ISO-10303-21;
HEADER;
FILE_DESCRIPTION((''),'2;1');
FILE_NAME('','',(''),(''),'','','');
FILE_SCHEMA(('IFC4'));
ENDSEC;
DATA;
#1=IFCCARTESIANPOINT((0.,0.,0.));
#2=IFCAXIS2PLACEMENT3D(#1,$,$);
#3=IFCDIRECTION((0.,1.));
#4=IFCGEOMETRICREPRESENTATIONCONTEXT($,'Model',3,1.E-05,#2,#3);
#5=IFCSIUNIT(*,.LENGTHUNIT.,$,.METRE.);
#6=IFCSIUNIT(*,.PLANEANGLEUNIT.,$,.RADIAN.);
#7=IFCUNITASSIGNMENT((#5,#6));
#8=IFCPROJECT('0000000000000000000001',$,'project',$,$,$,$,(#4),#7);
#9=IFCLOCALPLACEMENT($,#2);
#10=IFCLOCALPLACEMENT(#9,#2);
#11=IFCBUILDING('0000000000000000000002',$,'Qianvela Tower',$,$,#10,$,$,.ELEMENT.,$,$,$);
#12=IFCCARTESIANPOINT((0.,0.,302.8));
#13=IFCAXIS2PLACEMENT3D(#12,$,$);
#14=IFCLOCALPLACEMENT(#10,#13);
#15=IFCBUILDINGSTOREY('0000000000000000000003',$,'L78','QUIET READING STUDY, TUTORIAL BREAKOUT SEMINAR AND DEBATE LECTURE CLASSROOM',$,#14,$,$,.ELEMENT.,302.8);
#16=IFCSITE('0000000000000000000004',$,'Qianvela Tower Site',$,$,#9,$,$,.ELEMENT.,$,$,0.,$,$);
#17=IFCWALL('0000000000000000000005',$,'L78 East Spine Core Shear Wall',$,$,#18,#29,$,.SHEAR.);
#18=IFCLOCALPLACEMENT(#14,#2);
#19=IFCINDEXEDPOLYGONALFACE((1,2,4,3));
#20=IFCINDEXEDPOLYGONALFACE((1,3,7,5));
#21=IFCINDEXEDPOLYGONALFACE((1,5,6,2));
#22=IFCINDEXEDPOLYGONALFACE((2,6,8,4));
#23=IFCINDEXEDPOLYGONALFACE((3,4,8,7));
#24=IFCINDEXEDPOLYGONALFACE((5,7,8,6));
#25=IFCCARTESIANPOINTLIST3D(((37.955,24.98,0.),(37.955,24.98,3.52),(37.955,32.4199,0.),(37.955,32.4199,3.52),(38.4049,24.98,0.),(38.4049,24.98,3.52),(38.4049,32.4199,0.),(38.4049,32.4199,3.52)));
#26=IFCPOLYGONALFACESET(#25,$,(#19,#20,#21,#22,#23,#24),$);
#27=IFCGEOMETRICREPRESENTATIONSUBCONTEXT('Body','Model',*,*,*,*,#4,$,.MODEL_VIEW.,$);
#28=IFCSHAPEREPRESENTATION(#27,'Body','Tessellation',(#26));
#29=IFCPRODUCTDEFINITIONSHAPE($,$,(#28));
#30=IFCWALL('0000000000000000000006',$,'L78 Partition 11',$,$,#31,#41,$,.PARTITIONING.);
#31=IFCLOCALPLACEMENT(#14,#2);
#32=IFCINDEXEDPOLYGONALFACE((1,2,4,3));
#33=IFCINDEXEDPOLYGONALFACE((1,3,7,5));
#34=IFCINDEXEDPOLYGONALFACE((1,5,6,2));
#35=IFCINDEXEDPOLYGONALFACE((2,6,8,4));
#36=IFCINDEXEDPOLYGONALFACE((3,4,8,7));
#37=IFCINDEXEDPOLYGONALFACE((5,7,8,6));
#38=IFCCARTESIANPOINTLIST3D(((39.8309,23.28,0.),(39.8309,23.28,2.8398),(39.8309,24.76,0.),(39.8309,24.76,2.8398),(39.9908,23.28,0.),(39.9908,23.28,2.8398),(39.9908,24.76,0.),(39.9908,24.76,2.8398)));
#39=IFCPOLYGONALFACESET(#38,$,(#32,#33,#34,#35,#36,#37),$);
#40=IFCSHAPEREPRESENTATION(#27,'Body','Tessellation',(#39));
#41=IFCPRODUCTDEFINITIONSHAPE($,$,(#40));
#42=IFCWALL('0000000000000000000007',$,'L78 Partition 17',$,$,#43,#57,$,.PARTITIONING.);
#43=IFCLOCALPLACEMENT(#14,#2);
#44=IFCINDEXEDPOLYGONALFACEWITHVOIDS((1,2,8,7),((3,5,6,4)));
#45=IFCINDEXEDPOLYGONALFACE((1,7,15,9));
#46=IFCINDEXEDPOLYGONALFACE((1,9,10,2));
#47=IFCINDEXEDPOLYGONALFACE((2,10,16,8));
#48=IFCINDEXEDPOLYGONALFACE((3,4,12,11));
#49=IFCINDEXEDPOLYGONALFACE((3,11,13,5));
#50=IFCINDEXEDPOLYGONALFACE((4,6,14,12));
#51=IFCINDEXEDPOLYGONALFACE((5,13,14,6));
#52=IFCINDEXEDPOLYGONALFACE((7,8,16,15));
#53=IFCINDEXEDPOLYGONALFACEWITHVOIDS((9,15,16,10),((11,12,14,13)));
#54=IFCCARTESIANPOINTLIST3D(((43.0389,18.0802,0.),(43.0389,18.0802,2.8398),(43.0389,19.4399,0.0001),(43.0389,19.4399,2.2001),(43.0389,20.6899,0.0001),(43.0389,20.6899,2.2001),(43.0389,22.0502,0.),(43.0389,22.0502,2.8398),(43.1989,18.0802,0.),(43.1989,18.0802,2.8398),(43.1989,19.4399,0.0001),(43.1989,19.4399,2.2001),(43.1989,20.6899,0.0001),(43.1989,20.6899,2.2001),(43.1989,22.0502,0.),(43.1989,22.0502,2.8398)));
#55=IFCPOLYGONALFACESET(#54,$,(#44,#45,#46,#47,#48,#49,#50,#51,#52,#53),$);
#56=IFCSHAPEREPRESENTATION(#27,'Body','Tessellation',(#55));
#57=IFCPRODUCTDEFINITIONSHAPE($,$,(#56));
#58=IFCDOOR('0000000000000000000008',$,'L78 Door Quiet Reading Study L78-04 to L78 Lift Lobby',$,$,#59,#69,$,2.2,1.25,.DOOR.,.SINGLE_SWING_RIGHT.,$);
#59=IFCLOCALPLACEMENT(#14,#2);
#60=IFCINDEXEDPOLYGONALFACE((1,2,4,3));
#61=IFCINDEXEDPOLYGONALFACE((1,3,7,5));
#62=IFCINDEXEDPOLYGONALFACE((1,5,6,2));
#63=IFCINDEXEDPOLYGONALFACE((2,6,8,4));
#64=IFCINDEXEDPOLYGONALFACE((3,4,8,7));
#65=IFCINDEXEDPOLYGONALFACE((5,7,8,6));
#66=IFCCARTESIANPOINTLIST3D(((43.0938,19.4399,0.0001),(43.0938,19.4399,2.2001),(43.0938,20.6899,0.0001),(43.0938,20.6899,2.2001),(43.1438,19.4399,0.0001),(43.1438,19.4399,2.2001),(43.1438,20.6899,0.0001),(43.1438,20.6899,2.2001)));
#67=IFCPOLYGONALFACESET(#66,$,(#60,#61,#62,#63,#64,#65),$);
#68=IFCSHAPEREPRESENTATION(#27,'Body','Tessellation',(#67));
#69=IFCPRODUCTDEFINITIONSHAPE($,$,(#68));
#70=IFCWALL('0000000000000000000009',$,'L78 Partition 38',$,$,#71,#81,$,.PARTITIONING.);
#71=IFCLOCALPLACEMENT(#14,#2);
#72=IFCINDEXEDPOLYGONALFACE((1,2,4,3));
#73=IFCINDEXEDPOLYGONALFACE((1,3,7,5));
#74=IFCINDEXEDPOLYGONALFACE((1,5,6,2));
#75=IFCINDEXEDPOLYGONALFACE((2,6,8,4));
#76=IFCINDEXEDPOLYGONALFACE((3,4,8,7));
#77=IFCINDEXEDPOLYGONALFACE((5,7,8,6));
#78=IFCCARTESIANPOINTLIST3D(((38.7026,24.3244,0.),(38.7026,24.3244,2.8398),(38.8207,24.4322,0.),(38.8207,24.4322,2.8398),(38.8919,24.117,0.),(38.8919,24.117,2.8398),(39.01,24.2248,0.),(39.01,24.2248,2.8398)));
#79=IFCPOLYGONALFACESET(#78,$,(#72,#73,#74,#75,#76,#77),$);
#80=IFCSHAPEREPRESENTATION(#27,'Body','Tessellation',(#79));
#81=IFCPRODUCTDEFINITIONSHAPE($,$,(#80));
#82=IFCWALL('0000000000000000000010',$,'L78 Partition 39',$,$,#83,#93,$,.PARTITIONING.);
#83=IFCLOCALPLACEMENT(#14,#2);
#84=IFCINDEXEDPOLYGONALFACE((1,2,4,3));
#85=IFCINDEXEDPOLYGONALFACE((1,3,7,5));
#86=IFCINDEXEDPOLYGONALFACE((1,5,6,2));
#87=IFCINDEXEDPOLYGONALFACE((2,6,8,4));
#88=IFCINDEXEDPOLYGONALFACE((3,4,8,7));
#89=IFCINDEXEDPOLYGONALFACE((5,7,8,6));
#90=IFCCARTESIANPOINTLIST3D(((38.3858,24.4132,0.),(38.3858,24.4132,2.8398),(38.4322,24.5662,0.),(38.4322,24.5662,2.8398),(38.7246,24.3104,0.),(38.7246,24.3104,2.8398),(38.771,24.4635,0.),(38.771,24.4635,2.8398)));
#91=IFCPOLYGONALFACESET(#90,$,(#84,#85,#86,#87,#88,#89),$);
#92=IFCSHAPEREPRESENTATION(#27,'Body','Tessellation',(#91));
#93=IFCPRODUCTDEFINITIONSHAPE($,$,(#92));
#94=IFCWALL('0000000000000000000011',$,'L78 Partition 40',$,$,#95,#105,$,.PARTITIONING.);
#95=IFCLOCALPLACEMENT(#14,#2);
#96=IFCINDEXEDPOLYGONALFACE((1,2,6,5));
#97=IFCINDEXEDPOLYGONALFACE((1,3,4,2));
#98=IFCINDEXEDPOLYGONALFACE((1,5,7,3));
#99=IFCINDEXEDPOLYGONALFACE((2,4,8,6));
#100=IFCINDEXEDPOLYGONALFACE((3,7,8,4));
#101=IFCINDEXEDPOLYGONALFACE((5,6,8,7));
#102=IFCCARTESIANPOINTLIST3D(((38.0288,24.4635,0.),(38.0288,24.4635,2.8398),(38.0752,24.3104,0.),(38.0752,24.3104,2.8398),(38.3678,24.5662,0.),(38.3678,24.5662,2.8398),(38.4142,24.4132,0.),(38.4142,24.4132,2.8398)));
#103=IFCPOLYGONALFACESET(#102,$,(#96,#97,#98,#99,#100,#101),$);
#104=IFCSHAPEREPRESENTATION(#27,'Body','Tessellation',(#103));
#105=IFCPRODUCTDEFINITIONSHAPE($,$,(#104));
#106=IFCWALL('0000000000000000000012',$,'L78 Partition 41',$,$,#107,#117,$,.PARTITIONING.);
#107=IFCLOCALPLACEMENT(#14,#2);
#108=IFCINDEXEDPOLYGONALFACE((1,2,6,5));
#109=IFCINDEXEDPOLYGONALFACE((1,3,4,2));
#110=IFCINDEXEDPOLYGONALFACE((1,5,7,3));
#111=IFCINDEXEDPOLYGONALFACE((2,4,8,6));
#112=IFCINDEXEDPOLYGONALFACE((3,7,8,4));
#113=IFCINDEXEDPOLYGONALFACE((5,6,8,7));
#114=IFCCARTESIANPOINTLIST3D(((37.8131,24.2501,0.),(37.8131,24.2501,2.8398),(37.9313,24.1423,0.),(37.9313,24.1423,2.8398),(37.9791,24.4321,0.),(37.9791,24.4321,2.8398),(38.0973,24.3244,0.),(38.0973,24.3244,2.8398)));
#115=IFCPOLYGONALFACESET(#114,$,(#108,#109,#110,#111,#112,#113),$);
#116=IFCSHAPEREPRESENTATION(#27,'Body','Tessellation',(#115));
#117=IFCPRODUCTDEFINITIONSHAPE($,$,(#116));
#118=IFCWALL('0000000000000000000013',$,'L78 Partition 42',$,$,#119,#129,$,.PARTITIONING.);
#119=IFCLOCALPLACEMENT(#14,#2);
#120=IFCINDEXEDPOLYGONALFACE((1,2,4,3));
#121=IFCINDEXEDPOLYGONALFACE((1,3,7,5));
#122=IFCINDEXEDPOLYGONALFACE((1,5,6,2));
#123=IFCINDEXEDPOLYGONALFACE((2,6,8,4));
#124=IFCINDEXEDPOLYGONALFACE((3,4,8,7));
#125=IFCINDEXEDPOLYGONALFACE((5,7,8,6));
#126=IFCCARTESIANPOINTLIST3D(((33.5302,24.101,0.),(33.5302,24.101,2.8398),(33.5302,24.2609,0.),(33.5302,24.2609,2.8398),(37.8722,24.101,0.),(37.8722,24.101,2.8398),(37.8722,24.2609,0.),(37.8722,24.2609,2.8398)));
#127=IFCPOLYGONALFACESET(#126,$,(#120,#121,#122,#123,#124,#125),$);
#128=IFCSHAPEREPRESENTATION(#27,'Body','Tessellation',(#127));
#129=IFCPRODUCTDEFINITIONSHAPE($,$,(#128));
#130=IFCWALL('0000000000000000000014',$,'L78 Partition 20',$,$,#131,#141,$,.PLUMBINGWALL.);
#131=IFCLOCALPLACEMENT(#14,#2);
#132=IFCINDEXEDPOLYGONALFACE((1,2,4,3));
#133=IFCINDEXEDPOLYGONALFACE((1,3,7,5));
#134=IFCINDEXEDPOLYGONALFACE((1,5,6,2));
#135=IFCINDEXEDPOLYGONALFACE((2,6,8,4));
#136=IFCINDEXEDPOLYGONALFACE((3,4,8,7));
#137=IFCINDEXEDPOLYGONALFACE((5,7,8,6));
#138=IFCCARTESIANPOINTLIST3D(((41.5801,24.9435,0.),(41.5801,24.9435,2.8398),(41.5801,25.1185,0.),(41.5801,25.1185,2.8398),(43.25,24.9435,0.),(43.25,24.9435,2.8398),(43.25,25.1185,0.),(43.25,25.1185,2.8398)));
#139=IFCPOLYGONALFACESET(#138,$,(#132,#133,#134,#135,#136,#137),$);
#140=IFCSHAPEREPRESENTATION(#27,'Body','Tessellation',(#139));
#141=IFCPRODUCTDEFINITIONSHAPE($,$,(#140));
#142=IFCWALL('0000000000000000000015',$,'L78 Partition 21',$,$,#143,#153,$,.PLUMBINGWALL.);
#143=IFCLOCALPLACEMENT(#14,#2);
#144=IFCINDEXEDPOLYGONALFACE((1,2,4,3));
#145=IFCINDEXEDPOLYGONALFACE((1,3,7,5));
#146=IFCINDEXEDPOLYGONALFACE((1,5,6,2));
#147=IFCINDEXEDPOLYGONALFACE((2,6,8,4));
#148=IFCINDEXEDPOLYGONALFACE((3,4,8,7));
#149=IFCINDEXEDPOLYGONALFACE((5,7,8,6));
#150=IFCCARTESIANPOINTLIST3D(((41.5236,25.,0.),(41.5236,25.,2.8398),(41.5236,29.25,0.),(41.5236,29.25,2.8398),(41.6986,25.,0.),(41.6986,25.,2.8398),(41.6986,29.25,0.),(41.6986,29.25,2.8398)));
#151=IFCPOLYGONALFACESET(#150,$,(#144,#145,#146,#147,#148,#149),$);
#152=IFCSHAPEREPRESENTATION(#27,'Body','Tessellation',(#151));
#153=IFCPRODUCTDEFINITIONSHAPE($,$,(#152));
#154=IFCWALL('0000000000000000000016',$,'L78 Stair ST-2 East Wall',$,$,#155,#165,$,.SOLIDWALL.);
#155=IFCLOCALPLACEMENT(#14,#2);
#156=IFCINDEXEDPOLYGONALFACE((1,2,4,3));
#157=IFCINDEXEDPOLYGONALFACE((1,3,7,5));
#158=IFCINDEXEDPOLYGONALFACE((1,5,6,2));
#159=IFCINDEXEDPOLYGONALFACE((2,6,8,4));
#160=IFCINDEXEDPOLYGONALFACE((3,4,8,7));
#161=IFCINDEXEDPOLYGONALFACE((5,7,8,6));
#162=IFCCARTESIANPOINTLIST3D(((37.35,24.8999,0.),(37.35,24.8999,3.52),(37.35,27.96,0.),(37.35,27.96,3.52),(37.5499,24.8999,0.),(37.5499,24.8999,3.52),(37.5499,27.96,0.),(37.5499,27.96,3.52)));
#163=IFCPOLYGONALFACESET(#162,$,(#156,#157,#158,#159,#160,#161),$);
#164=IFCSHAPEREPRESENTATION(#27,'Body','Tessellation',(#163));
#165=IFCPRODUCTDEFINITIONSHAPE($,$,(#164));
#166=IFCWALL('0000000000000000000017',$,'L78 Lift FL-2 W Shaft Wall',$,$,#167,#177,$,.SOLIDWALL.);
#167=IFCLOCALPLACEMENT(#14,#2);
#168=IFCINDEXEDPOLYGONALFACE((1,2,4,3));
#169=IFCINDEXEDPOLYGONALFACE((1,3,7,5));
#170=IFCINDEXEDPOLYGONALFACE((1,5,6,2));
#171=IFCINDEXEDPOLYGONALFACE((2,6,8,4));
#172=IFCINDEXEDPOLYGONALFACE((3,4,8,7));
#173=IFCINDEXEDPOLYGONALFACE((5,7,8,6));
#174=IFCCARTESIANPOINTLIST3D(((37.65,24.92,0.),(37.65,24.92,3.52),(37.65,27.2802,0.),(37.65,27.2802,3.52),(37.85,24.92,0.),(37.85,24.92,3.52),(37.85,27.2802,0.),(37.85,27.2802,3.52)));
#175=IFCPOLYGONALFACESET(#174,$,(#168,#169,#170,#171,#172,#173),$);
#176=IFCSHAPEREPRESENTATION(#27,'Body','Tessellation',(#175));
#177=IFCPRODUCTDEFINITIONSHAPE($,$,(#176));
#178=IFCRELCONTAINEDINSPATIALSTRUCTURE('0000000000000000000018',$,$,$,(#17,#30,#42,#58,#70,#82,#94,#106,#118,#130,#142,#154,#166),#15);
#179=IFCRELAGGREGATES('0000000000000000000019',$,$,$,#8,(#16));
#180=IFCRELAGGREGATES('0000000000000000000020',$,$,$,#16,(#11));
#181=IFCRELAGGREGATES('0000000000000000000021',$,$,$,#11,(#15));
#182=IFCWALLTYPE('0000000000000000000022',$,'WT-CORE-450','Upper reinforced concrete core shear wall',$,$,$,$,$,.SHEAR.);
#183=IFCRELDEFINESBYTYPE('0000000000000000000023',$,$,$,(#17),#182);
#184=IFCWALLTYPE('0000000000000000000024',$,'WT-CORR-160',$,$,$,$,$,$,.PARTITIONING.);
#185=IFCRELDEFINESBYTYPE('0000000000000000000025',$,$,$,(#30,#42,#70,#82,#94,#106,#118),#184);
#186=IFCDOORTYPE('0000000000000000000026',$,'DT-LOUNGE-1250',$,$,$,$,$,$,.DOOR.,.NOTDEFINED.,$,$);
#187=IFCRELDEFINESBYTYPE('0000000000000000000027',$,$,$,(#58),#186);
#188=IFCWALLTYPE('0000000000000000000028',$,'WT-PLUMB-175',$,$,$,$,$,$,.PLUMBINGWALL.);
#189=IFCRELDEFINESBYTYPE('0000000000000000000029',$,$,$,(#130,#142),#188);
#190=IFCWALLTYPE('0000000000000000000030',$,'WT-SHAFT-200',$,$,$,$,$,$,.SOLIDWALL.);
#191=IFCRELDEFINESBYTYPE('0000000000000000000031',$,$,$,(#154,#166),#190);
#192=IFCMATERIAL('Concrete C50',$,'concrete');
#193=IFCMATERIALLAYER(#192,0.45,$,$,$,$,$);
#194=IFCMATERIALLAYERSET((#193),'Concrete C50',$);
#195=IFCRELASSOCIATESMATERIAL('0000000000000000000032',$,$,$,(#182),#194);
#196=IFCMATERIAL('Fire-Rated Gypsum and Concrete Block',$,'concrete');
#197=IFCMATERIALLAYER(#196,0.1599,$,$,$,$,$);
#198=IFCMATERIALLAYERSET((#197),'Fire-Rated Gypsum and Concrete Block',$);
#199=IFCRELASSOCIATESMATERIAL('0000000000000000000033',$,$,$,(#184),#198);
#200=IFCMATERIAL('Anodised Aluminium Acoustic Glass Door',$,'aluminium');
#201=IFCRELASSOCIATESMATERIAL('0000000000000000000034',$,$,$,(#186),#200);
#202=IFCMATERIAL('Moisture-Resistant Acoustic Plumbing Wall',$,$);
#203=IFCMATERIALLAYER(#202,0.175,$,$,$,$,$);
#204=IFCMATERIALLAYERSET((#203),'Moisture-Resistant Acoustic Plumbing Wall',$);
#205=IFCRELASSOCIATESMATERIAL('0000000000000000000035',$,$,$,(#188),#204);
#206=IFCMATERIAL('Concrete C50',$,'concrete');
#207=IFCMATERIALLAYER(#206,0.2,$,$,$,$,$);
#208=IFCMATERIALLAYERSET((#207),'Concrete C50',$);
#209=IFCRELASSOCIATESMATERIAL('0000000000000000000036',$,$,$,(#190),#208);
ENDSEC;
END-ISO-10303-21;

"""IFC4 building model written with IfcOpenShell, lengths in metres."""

from ifc_helpers import new_model, si_unit, direction, frame, frame_2d, origin, place, context, subcontext, project, spatial, rectangle, extrude, material, layer, layer_set, type_object, element, fill, save


model = new_model("IFC4")

# Units and contexts
model_context = context("Model", 3, precision=1e-05, world=origin(), true_north=direction((0.0, 1.0)))
body_context = subcontext(model_context, "Body", "Model", "MODEL_VIEW")
ifc_project = project(units=[si_unit("LENGTHUNIT", "METRE"), si_unit("PLANEANGLEUNIT", "RADIAN")], contexts=[model_context])

# Site, building, storey
site_placement = place(None, origin())
site = spatial("IfcSite", under=ifc_project, at=site_placement, Name="Qianvela Tower Site", CompositionType="ELEMENT", RefElevation=0.0)
building_placement = place(site_placement, origin())
building = spatial("IfcBuilding", under=site, at=building_placement, Name="Qianvela Tower", CompositionType="ELEMENT")
storey_placement = place(building_placement, frame((0.0, 0.0, 302.8)))
storey = spatial("IfcBuildingStorey", under=building, at=storey_placement, Name="L78", Description="QUIET READING STUDY, TUTORIAL BREAKOUT SEMINAR AND DEBATE LECTURE CLASSROOM", CompositionType="ELEMENT", Elevation=302.8)

# Walls
ifc_material_1 = material(Name="Concrete C50", Category="concrete")
ifc_layer_1 = layer(ifc_material_1, 0.45)
ifc_layer_set_1 = layer_set([ifc_layer_1], Name="Concrete C50")
wall_type_1 = type_object("IfcWallType", Name="WT-CORE-450", Description="Upper reinforced concrete core shear wall", PredefinedType="SHEAR", material=ifc_layer_set_1)
wall_1_placement = place(storey_placement, frame((38.1799, 24.98, 0.0), z_axis=(0.0, 0.0, 1.0), x_axis=(0.0, 1.0, 0.0)))
element("IfcWall", 1, at=wall_1_placement, inside=storey, type_object=wall_type_1, Name="L78 East Spine Core Shear Wall", PredefinedType="SHEAR", context=body_context, shape_type="SweptSolid", body=[
    extrude(rectangle(XDim=7.4399, YDim=0.45, at=frame_2d((3.72, 0.0))), origin(), (0.0, 0.0, 1.0), 3.52),
])
ifc_material_2 = material(Name="Fire-Rated Gypsum and Concrete Block", Category="concrete")
ifc_layer_2 = layer(ifc_material_2, 0.1599)
ifc_layer_set_2 = layer_set([ifc_layer_2], Name="Fire-Rated Gypsum and Concrete Block")
wall_type_2 = type_object("IfcWallType", Name="WT-CORR-160", PredefinedType="PARTITIONING", material=ifc_layer_set_2)
wall_2_placement = place(storey_placement, frame((39.9109, 23.28, 0.0), z_axis=(0.0, 0.0, 1.0), x_axis=(0.0, 1.0, 0.0)))
element("IfcWall", 2, at=wall_2_placement, inside=storey, type_object=wall_type_2, Name="L78 Partition 11", PredefinedType="PARTITIONING", context=body_context, shape_type="SweptSolid", body=[
    extrude(rectangle(XDim=1.48, YDim=0.1599, at=frame_2d((0.74, 0.0))), origin(), (0.0, 0.0, 1.0), 2.8398),
])

# Wall, opening, door
wall_3_placement = place(storey_placement, frame((43.1189, 22.05, 0.0), z_axis=(0.0, 0.0, 1.0), x_axis=(0.0, -1.0, 0.0)))
wall_3 = element("IfcWall", 3, at=wall_3_placement, inside=storey, type_object=wall_type_2, Name="L78 Partition 17", PredefinedType="PARTITIONING", context=body_context, shape_type="SweptSolid", body=[
    extrude(rectangle(XDim=3.97, YDim=0.1599, at=frame_2d((1.9849, 0.0))), origin(), (0.0, 0.0, 1.0), 2.8398),
])
opening_1_placement = place(wall_3_placement, frame((1.3601, 0.0, 0.0)))
opening_1 = element("IfcOpeningElement", 4, at=opening_1_placement, cuts=wall_3, PredefinedType="OPENING", context=body_context, shape_type="SweptSolid", body=[
    extrude(rectangle(XDim=1.25, YDim=2.2, at=frame_2d((0.625, 1.1001))), frame((0.0, 0.0898, 0.0), z_axis=(0.0, -1.0, 0.0), x_axis=(1.0, 0.0, 0.0)), (0.0, 0.0, 1.0), 0.1799),
])
ifc_material_3 = material(Name="Anodised Aluminium Acoustic Glass Door", Category="aluminium")
door_type_1 = type_object("IfcDoorType", Name="DT-LOUNGE-1250", OperationType="NOTDEFINED", PredefinedType="DOOR", material=ifc_material_3)
door_1_placement = place(opening_1_placement, origin())
door_1 = element("IfcDoor", 5, at=door_1_placement, inside=storey, type_object=door_type_1, Name="L78 Door Quiet Reading Study L78-04 to L78 Lift Lobby", OperationType="SINGLE_SWING_RIGHT", OverallHeight=2.2, OverallWidth=1.25, PredefinedType="DOOR", context=body_context, shape_type="SweptSolid", body=[
    extrude(rectangle(XDim=1.25, YDim=2.2, at=frame_2d((0.625, 1.1001))), frame((0.0, 0.0249, 0.0), z_axis=(0.0, -1.0, 0.0), x_axis=(1.0, 0.0, 0.0)), (0.0, 0.0, 1.0), 0.05),
])
fill(opening_1, door_1)

# Walls
wall_4_placement = place(storey_placement, frame((38.9509, 24.1709, 0.0), z_axis=(0.0, 0.0, 1.0), x_axis=(-0.674187, 0.738561, 0.0)))
element("IfcWall", 6, at=wall_4_placement, inside=storey, type_object=wall_type_2, Name="L78 Partition 38", PredefinedType="PARTITIONING", context=body_context, shape_type="SweptSolid", body=[
    extrude(rectangle(XDim=0.2808, YDim=0.1599, at=frame_2d((0.1404, 0.0))), origin(), (0.0, 0.0, 1.0), 2.8398),
])
wall_5_placement = place(storey_placement, frame((38.7478, 24.387, 0.0), z_axis=(0.0, 0.0, 1.0), x_axis=(-0.956949, 0.290256, 0.0)))
element("IfcWall", 7, at=wall_5_placement, inside=storey, type_object=wall_type_2, Name="L78 Partition 39", PredefinedType="PARTITIONING", context=body_context, shape_type="SweptSolid", body=[
    extrude(rectangle(XDim=0.354, YDim=0.1599, at=frame_2d((0.177, 0.0))), origin(), (0.0, 0.0, 1.0), 2.8398),
])
wall_6_placement = place(storey_placement, frame((38.3911, 24.4897, 0.0), z_axis=(0.0, 0.0, 1.0), x_axis=(-0.957007, -0.290065, 0.0)))
element("IfcWall", 8, at=wall_6_placement, inside=storey, type_object=wall_type_2, Name="L78 Partition 40", PredefinedType="PARTITIONING", context=body_context, shape_type="SweptSolid", body=[
    extrude(rectangle(XDim=0.3542, YDim=0.1599, at=frame_2d((0.1772, 0.0))), origin(), (0.0, 0.0, 1.0), 2.8398),
])
wall_7_placement = place(storey_placement, frame((38.0381, 24.3782, 0.0), z_axis=(0.0, 0.0, 1.0), x_axis=(-0.673658, -0.739043, 0.0)))
element("IfcWall", 9, at=wall_7_placement, inside=storey, type_object=wall_type_2, Name="L78 Partition 41", PredefinedType="PARTITIONING", context=body_context, shape_type="SweptSolid", body=[
    extrude(rectangle(XDim=0.2463, YDim=0.1599, at=frame_2d((0.123, 0.0))), origin(), (0.0, 0.0, 1.0), 2.8398),
])
wall_8_placement = place(storey_placement, frame((37.8721, 24.1809, 0.0), z_axis=(0.0, 0.0, 1.0), x_axis=(-1.0, 0.0, 0.0)))
element("IfcWall", 10, at=wall_8_placement, inside=storey, type_object=wall_type_2, Name="L78 Partition 42", PredefinedType="PARTITIONING", context=body_context, shape_type="SweptSolid", body=[
    extrude(rectangle(XDim=4.342, YDim=0.1599, at=frame_2d((2.1709, 0.0))), origin(), (0.0, 0.0, 1.0), 2.8398),
])
ifc_material_4 = material(Name="Moisture-Resistant Acoustic Plumbing Wall")
ifc_layer_3 = layer(ifc_material_4, 0.175)
ifc_layer_set_3 = layer_set([ifc_layer_3], Name="Moisture-Resistant Acoustic Plumbing Wall")
wall_type_3 = type_object("IfcWallType", Name="WT-PLUMB-175", PredefinedType="PLUMBINGWALL", material=ifc_layer_set_3)
wall_9_placement = place(storey_placement, frame((43.25, 25.031, 0.0), z_axis=(0.0, 0.0, 1.0), x_axis=(-1.0, 0.0, 0.0)))
element("IfcWall", 11, at=wall_9_placement, inside=storey, type_object=wall_type_3, Name="L78 Partition 20", PredefinedType="PLUMBINGWALL", context=body_context, shape_type="SweptSolid", body=[
    extrude(rectangle(XDim=1.6699, YDim=0.175, at=frame_2d((0.835, 0.0))), origin(), (0.0, 0.0, 1.0), 2.8398),
])
wall_10_placement = place(storey_placement, frame((41.6111, 25.0, 0.0), z_axis=(0.0, 0.0, 1.0), x_axis=(0.0, 1.0, 0.0)))
element("IfcWall", 12, at=wall_10_placement, inside=storey, type_object=wall_type_3, Name="L78 Partition 21", PredefinedType="PLUMBINGWALL", context=body_context, shape_type="SweptSolid", body=[
    extrude(rectangle(XDim=4.25, YDim=0.175, at=frame_2d((2.125, 0.0))), origin(), (0.0, 0.0, 1.0), 2.8398),
])
ifc_material_5 = material(Name="Concrete C50", Category="concrete")
ifc_layer_4 = layer(ifc_material_5, 0.2)
ifc_layer_set_4 = layer_set([ifc_layer_4], Name="Concrete C50")
wall_type_4 = type_object("IfcWallType", Name="WT-SHAFT-200", PredefinedType="SOLIDWALL", material=ifc_layer_set_4)
wall_11_placement = place(storey_placement, frame((37.45, 24.8999, 0.0), z_axis=(0.0, 0.0, 1.0), x_axis=(0.0, 1.0, 0.0)))
element("IfcWall", 13, at=wall_11_placement, inside=storey, type_object=wall_type_4, Name="L78 Stair ST-2 East Wall", PredefinedType="SOLIDWALL", context=body_context, shape_type="SweptSolid", body=[
    extrude(rectangle(XDim=3.0601, YDim=0.2, at=frame_2d((1.53, 0.0))), origin(), (0.0, 0.0, 1.0), 3.52),
])

# Wall
wall_12_placement = place(storey_placement, frame((37.75, 24.9199, 0.0), z_axis=(0.0, 0.0, 1.0), x_axis=(0.0, 1.0, 0.0)))
element("IfcWall", 14, at=wall_12_placement, inside=storey, type_object=wall_type_4, Name="L78 Lift FL-2 W Shaft Wall", PredefinedType="SOLIDWALL", context=body_context, shape_type="SweptSolid", body=[
    extrude(rectangle(XDim=2.3601, YDim=0.2, at=frame_2d((1.1802, 0.0))), origin(), (0.0, 0.0, 1.0), 3.52),
])

save(model, "model.ifc")
